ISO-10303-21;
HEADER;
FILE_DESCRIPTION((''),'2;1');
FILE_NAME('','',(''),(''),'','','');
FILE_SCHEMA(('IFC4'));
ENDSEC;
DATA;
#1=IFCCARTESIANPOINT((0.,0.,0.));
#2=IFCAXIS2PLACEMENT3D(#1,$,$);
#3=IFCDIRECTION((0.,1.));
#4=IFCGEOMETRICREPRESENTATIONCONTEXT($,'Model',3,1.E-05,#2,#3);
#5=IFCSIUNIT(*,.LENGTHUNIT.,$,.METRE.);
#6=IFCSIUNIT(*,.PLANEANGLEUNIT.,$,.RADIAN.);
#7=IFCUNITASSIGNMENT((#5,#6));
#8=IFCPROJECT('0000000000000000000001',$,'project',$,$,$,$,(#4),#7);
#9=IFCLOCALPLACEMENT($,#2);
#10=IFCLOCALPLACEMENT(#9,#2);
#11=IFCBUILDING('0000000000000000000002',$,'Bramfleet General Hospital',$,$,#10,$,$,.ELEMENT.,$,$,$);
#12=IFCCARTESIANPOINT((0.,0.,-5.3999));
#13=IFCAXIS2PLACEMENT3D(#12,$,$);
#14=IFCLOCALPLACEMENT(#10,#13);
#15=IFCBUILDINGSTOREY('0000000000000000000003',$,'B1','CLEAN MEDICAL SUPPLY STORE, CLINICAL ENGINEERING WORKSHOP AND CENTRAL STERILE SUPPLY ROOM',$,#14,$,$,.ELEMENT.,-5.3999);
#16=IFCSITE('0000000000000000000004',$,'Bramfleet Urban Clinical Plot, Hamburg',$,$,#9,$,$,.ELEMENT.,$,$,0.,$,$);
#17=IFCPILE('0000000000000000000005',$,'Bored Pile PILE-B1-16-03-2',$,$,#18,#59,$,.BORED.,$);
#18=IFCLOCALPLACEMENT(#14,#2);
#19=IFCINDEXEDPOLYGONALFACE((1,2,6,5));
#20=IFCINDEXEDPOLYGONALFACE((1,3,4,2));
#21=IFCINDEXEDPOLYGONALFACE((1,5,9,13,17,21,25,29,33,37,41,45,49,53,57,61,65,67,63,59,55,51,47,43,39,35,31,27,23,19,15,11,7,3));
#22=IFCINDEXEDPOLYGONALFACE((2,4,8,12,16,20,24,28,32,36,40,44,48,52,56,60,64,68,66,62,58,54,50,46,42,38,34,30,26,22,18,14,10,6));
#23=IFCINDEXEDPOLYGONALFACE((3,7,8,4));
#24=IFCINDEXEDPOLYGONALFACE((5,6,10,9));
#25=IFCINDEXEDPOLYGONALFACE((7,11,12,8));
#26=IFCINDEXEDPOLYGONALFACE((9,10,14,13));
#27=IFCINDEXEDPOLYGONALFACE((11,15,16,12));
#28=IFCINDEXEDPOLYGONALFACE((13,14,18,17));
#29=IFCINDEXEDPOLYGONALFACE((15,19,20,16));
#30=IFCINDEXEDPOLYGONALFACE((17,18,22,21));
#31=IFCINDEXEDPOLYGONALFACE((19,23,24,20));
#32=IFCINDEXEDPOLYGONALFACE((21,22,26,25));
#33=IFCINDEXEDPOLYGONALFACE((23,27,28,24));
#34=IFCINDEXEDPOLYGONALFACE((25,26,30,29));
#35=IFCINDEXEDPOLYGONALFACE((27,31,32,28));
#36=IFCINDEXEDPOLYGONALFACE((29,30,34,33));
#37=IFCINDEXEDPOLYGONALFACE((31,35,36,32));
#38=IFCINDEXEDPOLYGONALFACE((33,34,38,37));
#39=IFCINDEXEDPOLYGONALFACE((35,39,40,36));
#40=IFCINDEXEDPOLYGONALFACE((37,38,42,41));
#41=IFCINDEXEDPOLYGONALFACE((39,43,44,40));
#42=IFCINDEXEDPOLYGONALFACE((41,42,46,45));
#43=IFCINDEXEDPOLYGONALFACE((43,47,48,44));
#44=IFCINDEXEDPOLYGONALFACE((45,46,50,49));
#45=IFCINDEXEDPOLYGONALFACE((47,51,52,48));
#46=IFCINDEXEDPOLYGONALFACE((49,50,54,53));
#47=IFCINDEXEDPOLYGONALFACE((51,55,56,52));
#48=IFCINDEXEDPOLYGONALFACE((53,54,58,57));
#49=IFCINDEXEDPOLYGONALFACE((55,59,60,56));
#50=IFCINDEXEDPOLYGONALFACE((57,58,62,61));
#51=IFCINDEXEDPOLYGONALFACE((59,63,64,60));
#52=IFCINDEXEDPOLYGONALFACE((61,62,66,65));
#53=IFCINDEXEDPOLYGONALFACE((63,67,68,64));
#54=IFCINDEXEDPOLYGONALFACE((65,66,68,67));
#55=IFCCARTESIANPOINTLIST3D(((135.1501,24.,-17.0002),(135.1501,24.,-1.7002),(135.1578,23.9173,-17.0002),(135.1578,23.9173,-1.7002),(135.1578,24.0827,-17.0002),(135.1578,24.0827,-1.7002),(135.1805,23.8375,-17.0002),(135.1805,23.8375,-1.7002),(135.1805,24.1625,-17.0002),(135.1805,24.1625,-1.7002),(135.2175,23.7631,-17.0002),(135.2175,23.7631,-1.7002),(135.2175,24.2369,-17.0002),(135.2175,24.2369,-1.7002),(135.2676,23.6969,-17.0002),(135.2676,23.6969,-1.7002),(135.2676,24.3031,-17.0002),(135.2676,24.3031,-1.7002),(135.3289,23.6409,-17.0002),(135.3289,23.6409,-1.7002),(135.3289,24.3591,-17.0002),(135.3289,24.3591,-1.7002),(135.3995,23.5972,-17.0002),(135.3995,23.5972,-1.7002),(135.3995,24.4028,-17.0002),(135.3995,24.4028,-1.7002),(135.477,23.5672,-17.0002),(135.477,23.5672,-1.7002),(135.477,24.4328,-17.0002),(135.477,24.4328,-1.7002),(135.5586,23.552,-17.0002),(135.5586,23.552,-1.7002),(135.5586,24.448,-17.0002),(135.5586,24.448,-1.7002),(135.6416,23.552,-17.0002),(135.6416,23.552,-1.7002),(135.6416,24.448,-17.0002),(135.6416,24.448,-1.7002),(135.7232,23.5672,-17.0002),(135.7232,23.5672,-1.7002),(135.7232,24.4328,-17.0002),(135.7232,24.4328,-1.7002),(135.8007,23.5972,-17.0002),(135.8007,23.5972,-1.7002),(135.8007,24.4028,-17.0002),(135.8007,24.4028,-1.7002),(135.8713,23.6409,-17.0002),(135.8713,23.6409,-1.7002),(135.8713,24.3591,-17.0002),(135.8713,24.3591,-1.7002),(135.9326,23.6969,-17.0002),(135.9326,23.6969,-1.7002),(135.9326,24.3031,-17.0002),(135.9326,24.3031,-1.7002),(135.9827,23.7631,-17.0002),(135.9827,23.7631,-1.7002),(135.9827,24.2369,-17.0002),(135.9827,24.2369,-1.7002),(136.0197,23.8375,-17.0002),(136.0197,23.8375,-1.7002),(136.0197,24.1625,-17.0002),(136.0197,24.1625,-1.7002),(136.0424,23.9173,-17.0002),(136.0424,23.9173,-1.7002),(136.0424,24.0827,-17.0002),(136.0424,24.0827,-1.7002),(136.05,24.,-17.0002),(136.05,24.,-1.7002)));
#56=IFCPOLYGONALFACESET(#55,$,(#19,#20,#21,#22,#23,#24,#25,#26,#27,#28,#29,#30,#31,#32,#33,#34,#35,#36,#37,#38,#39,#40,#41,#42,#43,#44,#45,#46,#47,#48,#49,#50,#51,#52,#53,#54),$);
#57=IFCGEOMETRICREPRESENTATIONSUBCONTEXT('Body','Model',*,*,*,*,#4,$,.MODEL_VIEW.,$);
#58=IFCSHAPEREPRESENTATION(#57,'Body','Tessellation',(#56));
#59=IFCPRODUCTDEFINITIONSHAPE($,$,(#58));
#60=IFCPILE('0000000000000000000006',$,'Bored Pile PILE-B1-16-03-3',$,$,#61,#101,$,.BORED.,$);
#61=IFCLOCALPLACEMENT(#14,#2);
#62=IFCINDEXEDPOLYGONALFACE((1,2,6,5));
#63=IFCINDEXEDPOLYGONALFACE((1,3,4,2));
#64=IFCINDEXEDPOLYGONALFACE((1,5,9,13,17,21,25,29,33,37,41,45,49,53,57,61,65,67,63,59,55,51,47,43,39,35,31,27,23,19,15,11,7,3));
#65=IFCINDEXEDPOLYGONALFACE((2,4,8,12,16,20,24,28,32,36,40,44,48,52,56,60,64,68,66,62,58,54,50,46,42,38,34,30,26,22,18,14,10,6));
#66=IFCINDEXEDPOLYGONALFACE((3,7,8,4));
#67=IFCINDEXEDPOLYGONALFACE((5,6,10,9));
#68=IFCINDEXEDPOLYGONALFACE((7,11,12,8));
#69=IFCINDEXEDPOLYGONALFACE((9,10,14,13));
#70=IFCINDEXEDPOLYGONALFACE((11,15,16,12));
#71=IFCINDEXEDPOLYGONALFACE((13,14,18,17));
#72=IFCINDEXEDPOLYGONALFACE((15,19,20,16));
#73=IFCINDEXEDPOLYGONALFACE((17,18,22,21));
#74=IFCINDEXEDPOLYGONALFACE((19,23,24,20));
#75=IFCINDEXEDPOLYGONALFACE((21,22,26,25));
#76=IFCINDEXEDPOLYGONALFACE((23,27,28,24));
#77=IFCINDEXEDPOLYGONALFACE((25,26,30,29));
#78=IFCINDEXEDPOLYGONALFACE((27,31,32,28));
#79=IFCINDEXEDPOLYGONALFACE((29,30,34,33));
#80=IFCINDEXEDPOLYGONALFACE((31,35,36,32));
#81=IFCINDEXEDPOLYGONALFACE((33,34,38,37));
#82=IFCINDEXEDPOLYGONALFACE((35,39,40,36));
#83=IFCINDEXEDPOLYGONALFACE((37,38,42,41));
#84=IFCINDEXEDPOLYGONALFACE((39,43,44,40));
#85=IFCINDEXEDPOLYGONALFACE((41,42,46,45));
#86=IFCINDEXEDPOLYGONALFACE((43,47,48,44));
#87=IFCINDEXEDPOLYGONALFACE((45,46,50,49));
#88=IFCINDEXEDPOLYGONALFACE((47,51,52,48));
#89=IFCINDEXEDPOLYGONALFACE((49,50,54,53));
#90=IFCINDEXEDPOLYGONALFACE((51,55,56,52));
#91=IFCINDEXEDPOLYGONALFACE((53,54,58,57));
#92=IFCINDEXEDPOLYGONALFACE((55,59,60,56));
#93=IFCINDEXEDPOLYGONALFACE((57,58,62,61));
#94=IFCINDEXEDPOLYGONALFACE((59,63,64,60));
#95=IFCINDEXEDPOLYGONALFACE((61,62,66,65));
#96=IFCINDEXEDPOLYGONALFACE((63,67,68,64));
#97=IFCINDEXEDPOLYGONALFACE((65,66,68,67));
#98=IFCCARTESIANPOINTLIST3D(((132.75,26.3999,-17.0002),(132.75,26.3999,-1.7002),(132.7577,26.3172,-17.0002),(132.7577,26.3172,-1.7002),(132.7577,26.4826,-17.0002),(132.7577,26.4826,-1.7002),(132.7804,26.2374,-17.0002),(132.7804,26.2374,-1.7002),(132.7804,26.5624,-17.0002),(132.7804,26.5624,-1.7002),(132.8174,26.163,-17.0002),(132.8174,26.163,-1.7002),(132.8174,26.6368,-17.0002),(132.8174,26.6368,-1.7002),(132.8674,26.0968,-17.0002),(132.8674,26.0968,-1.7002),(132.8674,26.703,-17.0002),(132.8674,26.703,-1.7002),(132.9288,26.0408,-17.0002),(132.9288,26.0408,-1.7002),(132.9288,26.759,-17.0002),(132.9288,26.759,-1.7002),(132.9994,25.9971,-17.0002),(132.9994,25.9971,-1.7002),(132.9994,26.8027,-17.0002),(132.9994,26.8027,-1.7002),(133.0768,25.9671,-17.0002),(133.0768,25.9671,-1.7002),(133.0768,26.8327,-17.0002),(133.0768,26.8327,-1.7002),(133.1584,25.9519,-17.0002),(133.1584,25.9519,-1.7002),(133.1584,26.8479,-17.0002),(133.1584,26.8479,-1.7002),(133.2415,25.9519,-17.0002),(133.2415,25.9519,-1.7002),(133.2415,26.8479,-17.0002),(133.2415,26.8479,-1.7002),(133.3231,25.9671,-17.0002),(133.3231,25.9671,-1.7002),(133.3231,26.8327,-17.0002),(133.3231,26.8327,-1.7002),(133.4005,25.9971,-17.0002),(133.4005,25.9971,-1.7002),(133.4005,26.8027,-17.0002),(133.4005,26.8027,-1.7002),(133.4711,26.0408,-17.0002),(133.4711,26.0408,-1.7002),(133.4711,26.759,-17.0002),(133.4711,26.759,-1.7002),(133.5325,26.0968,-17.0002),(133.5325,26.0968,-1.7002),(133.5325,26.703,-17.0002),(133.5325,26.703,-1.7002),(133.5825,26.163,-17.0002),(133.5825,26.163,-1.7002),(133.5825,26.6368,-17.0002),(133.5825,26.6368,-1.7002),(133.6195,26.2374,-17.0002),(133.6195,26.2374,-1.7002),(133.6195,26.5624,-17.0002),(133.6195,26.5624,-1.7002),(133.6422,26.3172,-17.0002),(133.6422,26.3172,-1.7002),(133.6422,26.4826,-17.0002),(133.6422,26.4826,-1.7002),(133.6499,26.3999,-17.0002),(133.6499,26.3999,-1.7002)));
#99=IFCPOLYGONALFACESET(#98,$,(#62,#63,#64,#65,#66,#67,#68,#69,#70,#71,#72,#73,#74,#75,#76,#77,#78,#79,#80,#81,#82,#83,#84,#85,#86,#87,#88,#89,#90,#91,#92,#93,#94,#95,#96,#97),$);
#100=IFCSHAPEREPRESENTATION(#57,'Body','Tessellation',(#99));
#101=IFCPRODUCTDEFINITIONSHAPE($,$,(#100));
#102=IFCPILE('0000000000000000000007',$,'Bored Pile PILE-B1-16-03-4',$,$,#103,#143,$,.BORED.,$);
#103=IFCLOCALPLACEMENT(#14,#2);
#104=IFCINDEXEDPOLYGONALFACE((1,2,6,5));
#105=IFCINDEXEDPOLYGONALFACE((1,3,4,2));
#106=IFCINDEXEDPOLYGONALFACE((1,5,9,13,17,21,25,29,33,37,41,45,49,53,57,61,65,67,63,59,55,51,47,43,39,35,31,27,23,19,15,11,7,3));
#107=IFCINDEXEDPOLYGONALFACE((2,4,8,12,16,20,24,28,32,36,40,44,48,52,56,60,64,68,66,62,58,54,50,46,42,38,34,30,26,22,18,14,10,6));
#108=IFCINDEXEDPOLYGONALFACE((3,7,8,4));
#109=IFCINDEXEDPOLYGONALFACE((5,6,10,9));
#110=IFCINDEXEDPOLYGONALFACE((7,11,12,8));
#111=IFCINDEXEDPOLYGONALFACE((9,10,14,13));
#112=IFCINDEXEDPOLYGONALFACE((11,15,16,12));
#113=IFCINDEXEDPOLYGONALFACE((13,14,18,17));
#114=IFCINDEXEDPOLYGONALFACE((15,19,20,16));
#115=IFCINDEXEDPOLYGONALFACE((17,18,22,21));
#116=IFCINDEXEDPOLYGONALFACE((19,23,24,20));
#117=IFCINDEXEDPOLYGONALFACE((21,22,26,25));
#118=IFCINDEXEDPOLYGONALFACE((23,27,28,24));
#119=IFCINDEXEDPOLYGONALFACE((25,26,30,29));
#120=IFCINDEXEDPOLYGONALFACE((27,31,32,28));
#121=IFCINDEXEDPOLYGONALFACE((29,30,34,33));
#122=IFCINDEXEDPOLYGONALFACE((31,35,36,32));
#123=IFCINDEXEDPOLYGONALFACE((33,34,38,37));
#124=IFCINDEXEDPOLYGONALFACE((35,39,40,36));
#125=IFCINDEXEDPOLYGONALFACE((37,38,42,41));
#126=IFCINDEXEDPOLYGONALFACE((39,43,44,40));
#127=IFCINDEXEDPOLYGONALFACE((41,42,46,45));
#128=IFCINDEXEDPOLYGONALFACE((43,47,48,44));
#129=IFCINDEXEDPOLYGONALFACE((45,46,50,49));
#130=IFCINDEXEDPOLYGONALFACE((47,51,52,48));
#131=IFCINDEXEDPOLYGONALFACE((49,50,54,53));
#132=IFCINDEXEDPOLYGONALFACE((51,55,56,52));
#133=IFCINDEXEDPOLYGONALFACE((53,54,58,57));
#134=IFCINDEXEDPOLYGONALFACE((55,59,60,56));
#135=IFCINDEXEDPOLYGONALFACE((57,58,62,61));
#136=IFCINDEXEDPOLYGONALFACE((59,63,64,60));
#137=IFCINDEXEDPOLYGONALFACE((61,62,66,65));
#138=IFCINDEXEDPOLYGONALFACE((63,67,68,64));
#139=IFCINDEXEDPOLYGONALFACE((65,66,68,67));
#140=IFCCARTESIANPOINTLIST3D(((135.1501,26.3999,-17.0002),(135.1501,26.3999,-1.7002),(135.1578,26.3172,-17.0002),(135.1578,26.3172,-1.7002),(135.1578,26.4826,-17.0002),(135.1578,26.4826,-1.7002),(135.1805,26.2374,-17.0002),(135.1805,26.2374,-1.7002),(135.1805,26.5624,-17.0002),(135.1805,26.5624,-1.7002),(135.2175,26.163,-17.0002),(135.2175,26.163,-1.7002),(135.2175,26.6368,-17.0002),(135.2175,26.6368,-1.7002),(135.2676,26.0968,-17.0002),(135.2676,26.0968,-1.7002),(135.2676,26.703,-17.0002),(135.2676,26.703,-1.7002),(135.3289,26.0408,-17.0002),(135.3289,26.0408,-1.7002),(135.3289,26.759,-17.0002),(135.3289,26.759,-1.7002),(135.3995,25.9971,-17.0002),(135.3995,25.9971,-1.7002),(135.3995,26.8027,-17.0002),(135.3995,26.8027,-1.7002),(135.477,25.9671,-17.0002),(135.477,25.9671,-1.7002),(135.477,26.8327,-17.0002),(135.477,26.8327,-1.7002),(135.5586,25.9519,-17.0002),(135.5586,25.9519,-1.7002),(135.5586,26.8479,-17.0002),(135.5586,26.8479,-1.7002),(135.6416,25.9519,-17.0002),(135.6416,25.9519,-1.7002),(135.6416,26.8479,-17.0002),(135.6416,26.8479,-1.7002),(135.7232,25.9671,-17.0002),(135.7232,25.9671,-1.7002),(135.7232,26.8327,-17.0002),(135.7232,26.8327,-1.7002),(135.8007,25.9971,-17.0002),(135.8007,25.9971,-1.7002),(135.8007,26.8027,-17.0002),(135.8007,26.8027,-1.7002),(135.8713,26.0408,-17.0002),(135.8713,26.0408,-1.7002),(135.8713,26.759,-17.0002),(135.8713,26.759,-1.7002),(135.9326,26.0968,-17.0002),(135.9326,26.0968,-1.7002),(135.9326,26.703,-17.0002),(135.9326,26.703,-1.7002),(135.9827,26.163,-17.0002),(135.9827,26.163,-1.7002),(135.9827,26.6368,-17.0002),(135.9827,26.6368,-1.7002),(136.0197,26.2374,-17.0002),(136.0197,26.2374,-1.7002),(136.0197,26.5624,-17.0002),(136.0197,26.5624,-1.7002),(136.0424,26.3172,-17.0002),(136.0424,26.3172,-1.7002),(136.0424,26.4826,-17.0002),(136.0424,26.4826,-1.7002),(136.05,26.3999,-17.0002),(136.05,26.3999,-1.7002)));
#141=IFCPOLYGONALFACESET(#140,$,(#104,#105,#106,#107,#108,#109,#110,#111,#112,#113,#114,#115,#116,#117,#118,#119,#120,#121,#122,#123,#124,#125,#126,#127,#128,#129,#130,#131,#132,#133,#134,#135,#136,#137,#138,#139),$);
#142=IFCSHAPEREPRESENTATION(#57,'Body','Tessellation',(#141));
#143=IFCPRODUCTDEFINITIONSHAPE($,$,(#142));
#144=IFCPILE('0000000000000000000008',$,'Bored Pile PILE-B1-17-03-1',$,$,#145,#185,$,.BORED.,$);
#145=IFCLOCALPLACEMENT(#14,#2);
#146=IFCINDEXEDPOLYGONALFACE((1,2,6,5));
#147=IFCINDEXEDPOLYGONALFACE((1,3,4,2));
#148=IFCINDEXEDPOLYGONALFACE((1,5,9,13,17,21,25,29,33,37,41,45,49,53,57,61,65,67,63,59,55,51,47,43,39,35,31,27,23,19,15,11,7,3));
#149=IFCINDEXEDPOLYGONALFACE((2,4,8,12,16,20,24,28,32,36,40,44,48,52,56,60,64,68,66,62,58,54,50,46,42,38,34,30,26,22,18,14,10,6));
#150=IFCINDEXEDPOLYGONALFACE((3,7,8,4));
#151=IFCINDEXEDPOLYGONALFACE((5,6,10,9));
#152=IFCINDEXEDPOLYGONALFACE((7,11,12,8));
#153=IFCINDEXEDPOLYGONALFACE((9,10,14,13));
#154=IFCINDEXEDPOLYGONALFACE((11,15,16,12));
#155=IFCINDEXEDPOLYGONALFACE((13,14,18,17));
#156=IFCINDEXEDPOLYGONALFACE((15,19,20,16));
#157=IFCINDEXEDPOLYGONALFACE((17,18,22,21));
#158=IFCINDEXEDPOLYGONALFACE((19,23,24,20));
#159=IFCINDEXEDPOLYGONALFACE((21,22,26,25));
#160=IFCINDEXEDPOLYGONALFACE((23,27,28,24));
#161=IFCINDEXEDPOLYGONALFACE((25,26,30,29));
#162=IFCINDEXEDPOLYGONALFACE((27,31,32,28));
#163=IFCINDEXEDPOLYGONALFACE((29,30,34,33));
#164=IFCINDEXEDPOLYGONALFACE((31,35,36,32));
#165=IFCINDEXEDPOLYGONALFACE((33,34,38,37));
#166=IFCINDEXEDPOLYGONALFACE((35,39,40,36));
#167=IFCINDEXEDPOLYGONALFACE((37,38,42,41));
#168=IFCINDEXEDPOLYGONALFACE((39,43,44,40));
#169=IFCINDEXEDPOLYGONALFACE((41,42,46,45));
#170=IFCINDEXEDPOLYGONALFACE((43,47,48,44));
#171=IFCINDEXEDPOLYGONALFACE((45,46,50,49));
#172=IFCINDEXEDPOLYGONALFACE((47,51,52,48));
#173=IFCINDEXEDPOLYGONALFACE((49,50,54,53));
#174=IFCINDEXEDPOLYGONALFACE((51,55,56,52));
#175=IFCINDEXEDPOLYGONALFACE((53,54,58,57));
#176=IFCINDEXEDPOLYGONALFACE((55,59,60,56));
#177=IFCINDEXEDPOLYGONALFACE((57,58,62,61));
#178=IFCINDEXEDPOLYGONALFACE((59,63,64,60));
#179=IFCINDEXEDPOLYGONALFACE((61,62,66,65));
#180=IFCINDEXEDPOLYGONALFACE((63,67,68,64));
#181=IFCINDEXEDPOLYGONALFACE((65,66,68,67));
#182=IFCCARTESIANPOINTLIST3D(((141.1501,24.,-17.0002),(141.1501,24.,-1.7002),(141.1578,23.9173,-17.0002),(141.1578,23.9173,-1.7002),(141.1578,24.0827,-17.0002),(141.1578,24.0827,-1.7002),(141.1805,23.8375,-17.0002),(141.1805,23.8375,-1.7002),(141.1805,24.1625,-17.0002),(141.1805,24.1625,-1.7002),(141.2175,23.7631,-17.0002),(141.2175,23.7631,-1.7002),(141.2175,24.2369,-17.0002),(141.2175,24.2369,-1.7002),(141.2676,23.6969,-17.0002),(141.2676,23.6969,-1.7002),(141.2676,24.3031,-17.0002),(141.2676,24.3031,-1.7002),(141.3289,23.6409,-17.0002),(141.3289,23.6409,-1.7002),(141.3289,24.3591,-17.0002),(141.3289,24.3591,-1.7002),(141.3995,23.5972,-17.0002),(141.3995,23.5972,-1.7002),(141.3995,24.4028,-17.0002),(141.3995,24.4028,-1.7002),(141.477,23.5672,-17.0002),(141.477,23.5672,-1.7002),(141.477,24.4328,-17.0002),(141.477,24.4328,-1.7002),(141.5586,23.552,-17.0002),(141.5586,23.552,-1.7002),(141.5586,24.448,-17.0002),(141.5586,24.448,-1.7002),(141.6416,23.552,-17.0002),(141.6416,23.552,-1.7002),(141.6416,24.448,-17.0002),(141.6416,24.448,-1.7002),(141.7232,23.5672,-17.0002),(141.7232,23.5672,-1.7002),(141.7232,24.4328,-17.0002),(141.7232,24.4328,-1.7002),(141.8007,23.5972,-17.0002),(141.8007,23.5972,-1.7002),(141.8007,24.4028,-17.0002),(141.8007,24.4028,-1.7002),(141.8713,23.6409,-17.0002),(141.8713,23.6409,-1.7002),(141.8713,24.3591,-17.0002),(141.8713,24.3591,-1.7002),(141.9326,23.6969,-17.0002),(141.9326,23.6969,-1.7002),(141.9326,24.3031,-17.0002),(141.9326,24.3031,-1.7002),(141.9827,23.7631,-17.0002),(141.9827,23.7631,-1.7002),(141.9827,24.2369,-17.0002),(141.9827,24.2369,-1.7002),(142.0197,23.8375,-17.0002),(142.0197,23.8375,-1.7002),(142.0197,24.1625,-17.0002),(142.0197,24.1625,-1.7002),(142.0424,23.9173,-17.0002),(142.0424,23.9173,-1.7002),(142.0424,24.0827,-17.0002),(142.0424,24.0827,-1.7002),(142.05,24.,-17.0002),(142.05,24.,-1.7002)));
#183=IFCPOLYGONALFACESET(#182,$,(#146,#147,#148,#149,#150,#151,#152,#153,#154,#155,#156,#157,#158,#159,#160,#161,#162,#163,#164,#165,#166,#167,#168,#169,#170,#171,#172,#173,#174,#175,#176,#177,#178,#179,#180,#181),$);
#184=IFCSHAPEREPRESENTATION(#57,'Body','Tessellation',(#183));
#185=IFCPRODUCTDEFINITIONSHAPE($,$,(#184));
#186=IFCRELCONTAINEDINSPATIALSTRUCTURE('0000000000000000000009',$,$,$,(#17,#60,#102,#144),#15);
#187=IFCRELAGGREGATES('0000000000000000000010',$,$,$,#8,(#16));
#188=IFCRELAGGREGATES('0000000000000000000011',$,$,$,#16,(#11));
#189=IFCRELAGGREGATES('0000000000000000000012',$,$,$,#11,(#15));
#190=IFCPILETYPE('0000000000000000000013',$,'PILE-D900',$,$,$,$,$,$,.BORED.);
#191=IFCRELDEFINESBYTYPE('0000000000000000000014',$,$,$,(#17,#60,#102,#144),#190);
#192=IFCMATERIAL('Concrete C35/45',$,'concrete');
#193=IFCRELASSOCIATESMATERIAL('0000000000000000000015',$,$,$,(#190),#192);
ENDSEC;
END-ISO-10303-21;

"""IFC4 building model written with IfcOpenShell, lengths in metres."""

from ifc_helpers import new_model, si_unit, direction, frame, origin, origin_2d, place, context, subcontext, project, spatial, circle, extrude, material, material_profile, profile_set, type_object, element, save


model = new_model("IFC4")

# Units and contexts
model_context = context("Model", 3, precision=1e-05, world=origin(), true_north=direction((0.0, 1.0)))
body_context = subcontext(model_context, "Body", "Model", "MODEL_VIEW")
ifc_project = project(units=[si_unit("LENGTHUNIT", "METRE"), si_unit("PLANEANGLEUNIT", "RADIAN")], contexts=[model_context])

# Site, building, storey
site_placement = place(None, origin())
site = spatial("IfcSite", under=ifc_project, at=site_placement, Name="Bramfleet Urban Clinical Plot, Hamburg", CompositionType="ELEMENT", RefElevation=0.0)
building_placement = place(site_placement, origin())
building = spatial("IfcBuilding", under=site, at=building_placement, Name="Bramfleet General Hospital", CompositionType="ELEMENT")
storey_placement = place(building_placement, frame((0.0, 0.0, -5.3999)))
storey = spatial("IfcBuildingStorey", under=building, at=storey_placement, Name="B1", Description="CLEAN MEDICAL SUPPLY STORE, CLINICAL ENGINEERING WORKSHOP AND CENTRAL STERILE SUPPLY ROOM", CompositionType="ELEMENT", Elevation=-5.3999)

# Shared definitions
ifc_material_1 = material(Name="Concrete C35/45", Category="concrete")

# Piles
ifc_material_profile_1 = material_profile(ifc_material_1, circle(Radius=0.45, at=origin_2d()), Name="PILE BORED D900")
ifc_profile_set_1 = profile_set([ifc_material_profile_1], Name="Concrete C35/45")
pile_type_1 = type_object("IfcPileType", Name="PILE-D900", PredefinedType="BORED", material=ifc_profile_set_1)
for number, where, z_axis, x_axis, name in (
    (1, (135.6001, 24.0, -1.7002), (0.0, 0.0, -1.0), (1.0, 0.0, 0.0), "Bored Pile PILE-B1-16-03-2"),
    (2, (133.2, 26.3999, -1.7002), (0.0, 0.0, -1.0), (1.0, 0.0, 0.0), "Bored Pile PILE-B1-16-03-3"),
    (3, (135.6001, 26.3999, -1.7002), (0.0, 0.0, -1.0), (1.0, 0.0, 0.0), "Bored Pile PILE-B1-16-03-4"),
    (4, (141.6001, 24.0, -1.7002), (0.0, 0.0, -1.0), (1.0, 0.0, 0.0), "Bored Pile PILE-B1-17-03-1"),
):
    element("IfcPile", number, at=place(storey_placement, frame(where, z_axis=z_axis, x_axis=x_axis)), inside=storey, type_object=pile_type_1, Name=name, PredefinedType="BORED", context=body_context, shape_type="SweptSolid", body=[
        extrude(circle(Radius=0.45, at=origin_2d()), origin(), (0.0, 0.0, 1.0), 15.3),
    ])

save(model, "model.ifc")
